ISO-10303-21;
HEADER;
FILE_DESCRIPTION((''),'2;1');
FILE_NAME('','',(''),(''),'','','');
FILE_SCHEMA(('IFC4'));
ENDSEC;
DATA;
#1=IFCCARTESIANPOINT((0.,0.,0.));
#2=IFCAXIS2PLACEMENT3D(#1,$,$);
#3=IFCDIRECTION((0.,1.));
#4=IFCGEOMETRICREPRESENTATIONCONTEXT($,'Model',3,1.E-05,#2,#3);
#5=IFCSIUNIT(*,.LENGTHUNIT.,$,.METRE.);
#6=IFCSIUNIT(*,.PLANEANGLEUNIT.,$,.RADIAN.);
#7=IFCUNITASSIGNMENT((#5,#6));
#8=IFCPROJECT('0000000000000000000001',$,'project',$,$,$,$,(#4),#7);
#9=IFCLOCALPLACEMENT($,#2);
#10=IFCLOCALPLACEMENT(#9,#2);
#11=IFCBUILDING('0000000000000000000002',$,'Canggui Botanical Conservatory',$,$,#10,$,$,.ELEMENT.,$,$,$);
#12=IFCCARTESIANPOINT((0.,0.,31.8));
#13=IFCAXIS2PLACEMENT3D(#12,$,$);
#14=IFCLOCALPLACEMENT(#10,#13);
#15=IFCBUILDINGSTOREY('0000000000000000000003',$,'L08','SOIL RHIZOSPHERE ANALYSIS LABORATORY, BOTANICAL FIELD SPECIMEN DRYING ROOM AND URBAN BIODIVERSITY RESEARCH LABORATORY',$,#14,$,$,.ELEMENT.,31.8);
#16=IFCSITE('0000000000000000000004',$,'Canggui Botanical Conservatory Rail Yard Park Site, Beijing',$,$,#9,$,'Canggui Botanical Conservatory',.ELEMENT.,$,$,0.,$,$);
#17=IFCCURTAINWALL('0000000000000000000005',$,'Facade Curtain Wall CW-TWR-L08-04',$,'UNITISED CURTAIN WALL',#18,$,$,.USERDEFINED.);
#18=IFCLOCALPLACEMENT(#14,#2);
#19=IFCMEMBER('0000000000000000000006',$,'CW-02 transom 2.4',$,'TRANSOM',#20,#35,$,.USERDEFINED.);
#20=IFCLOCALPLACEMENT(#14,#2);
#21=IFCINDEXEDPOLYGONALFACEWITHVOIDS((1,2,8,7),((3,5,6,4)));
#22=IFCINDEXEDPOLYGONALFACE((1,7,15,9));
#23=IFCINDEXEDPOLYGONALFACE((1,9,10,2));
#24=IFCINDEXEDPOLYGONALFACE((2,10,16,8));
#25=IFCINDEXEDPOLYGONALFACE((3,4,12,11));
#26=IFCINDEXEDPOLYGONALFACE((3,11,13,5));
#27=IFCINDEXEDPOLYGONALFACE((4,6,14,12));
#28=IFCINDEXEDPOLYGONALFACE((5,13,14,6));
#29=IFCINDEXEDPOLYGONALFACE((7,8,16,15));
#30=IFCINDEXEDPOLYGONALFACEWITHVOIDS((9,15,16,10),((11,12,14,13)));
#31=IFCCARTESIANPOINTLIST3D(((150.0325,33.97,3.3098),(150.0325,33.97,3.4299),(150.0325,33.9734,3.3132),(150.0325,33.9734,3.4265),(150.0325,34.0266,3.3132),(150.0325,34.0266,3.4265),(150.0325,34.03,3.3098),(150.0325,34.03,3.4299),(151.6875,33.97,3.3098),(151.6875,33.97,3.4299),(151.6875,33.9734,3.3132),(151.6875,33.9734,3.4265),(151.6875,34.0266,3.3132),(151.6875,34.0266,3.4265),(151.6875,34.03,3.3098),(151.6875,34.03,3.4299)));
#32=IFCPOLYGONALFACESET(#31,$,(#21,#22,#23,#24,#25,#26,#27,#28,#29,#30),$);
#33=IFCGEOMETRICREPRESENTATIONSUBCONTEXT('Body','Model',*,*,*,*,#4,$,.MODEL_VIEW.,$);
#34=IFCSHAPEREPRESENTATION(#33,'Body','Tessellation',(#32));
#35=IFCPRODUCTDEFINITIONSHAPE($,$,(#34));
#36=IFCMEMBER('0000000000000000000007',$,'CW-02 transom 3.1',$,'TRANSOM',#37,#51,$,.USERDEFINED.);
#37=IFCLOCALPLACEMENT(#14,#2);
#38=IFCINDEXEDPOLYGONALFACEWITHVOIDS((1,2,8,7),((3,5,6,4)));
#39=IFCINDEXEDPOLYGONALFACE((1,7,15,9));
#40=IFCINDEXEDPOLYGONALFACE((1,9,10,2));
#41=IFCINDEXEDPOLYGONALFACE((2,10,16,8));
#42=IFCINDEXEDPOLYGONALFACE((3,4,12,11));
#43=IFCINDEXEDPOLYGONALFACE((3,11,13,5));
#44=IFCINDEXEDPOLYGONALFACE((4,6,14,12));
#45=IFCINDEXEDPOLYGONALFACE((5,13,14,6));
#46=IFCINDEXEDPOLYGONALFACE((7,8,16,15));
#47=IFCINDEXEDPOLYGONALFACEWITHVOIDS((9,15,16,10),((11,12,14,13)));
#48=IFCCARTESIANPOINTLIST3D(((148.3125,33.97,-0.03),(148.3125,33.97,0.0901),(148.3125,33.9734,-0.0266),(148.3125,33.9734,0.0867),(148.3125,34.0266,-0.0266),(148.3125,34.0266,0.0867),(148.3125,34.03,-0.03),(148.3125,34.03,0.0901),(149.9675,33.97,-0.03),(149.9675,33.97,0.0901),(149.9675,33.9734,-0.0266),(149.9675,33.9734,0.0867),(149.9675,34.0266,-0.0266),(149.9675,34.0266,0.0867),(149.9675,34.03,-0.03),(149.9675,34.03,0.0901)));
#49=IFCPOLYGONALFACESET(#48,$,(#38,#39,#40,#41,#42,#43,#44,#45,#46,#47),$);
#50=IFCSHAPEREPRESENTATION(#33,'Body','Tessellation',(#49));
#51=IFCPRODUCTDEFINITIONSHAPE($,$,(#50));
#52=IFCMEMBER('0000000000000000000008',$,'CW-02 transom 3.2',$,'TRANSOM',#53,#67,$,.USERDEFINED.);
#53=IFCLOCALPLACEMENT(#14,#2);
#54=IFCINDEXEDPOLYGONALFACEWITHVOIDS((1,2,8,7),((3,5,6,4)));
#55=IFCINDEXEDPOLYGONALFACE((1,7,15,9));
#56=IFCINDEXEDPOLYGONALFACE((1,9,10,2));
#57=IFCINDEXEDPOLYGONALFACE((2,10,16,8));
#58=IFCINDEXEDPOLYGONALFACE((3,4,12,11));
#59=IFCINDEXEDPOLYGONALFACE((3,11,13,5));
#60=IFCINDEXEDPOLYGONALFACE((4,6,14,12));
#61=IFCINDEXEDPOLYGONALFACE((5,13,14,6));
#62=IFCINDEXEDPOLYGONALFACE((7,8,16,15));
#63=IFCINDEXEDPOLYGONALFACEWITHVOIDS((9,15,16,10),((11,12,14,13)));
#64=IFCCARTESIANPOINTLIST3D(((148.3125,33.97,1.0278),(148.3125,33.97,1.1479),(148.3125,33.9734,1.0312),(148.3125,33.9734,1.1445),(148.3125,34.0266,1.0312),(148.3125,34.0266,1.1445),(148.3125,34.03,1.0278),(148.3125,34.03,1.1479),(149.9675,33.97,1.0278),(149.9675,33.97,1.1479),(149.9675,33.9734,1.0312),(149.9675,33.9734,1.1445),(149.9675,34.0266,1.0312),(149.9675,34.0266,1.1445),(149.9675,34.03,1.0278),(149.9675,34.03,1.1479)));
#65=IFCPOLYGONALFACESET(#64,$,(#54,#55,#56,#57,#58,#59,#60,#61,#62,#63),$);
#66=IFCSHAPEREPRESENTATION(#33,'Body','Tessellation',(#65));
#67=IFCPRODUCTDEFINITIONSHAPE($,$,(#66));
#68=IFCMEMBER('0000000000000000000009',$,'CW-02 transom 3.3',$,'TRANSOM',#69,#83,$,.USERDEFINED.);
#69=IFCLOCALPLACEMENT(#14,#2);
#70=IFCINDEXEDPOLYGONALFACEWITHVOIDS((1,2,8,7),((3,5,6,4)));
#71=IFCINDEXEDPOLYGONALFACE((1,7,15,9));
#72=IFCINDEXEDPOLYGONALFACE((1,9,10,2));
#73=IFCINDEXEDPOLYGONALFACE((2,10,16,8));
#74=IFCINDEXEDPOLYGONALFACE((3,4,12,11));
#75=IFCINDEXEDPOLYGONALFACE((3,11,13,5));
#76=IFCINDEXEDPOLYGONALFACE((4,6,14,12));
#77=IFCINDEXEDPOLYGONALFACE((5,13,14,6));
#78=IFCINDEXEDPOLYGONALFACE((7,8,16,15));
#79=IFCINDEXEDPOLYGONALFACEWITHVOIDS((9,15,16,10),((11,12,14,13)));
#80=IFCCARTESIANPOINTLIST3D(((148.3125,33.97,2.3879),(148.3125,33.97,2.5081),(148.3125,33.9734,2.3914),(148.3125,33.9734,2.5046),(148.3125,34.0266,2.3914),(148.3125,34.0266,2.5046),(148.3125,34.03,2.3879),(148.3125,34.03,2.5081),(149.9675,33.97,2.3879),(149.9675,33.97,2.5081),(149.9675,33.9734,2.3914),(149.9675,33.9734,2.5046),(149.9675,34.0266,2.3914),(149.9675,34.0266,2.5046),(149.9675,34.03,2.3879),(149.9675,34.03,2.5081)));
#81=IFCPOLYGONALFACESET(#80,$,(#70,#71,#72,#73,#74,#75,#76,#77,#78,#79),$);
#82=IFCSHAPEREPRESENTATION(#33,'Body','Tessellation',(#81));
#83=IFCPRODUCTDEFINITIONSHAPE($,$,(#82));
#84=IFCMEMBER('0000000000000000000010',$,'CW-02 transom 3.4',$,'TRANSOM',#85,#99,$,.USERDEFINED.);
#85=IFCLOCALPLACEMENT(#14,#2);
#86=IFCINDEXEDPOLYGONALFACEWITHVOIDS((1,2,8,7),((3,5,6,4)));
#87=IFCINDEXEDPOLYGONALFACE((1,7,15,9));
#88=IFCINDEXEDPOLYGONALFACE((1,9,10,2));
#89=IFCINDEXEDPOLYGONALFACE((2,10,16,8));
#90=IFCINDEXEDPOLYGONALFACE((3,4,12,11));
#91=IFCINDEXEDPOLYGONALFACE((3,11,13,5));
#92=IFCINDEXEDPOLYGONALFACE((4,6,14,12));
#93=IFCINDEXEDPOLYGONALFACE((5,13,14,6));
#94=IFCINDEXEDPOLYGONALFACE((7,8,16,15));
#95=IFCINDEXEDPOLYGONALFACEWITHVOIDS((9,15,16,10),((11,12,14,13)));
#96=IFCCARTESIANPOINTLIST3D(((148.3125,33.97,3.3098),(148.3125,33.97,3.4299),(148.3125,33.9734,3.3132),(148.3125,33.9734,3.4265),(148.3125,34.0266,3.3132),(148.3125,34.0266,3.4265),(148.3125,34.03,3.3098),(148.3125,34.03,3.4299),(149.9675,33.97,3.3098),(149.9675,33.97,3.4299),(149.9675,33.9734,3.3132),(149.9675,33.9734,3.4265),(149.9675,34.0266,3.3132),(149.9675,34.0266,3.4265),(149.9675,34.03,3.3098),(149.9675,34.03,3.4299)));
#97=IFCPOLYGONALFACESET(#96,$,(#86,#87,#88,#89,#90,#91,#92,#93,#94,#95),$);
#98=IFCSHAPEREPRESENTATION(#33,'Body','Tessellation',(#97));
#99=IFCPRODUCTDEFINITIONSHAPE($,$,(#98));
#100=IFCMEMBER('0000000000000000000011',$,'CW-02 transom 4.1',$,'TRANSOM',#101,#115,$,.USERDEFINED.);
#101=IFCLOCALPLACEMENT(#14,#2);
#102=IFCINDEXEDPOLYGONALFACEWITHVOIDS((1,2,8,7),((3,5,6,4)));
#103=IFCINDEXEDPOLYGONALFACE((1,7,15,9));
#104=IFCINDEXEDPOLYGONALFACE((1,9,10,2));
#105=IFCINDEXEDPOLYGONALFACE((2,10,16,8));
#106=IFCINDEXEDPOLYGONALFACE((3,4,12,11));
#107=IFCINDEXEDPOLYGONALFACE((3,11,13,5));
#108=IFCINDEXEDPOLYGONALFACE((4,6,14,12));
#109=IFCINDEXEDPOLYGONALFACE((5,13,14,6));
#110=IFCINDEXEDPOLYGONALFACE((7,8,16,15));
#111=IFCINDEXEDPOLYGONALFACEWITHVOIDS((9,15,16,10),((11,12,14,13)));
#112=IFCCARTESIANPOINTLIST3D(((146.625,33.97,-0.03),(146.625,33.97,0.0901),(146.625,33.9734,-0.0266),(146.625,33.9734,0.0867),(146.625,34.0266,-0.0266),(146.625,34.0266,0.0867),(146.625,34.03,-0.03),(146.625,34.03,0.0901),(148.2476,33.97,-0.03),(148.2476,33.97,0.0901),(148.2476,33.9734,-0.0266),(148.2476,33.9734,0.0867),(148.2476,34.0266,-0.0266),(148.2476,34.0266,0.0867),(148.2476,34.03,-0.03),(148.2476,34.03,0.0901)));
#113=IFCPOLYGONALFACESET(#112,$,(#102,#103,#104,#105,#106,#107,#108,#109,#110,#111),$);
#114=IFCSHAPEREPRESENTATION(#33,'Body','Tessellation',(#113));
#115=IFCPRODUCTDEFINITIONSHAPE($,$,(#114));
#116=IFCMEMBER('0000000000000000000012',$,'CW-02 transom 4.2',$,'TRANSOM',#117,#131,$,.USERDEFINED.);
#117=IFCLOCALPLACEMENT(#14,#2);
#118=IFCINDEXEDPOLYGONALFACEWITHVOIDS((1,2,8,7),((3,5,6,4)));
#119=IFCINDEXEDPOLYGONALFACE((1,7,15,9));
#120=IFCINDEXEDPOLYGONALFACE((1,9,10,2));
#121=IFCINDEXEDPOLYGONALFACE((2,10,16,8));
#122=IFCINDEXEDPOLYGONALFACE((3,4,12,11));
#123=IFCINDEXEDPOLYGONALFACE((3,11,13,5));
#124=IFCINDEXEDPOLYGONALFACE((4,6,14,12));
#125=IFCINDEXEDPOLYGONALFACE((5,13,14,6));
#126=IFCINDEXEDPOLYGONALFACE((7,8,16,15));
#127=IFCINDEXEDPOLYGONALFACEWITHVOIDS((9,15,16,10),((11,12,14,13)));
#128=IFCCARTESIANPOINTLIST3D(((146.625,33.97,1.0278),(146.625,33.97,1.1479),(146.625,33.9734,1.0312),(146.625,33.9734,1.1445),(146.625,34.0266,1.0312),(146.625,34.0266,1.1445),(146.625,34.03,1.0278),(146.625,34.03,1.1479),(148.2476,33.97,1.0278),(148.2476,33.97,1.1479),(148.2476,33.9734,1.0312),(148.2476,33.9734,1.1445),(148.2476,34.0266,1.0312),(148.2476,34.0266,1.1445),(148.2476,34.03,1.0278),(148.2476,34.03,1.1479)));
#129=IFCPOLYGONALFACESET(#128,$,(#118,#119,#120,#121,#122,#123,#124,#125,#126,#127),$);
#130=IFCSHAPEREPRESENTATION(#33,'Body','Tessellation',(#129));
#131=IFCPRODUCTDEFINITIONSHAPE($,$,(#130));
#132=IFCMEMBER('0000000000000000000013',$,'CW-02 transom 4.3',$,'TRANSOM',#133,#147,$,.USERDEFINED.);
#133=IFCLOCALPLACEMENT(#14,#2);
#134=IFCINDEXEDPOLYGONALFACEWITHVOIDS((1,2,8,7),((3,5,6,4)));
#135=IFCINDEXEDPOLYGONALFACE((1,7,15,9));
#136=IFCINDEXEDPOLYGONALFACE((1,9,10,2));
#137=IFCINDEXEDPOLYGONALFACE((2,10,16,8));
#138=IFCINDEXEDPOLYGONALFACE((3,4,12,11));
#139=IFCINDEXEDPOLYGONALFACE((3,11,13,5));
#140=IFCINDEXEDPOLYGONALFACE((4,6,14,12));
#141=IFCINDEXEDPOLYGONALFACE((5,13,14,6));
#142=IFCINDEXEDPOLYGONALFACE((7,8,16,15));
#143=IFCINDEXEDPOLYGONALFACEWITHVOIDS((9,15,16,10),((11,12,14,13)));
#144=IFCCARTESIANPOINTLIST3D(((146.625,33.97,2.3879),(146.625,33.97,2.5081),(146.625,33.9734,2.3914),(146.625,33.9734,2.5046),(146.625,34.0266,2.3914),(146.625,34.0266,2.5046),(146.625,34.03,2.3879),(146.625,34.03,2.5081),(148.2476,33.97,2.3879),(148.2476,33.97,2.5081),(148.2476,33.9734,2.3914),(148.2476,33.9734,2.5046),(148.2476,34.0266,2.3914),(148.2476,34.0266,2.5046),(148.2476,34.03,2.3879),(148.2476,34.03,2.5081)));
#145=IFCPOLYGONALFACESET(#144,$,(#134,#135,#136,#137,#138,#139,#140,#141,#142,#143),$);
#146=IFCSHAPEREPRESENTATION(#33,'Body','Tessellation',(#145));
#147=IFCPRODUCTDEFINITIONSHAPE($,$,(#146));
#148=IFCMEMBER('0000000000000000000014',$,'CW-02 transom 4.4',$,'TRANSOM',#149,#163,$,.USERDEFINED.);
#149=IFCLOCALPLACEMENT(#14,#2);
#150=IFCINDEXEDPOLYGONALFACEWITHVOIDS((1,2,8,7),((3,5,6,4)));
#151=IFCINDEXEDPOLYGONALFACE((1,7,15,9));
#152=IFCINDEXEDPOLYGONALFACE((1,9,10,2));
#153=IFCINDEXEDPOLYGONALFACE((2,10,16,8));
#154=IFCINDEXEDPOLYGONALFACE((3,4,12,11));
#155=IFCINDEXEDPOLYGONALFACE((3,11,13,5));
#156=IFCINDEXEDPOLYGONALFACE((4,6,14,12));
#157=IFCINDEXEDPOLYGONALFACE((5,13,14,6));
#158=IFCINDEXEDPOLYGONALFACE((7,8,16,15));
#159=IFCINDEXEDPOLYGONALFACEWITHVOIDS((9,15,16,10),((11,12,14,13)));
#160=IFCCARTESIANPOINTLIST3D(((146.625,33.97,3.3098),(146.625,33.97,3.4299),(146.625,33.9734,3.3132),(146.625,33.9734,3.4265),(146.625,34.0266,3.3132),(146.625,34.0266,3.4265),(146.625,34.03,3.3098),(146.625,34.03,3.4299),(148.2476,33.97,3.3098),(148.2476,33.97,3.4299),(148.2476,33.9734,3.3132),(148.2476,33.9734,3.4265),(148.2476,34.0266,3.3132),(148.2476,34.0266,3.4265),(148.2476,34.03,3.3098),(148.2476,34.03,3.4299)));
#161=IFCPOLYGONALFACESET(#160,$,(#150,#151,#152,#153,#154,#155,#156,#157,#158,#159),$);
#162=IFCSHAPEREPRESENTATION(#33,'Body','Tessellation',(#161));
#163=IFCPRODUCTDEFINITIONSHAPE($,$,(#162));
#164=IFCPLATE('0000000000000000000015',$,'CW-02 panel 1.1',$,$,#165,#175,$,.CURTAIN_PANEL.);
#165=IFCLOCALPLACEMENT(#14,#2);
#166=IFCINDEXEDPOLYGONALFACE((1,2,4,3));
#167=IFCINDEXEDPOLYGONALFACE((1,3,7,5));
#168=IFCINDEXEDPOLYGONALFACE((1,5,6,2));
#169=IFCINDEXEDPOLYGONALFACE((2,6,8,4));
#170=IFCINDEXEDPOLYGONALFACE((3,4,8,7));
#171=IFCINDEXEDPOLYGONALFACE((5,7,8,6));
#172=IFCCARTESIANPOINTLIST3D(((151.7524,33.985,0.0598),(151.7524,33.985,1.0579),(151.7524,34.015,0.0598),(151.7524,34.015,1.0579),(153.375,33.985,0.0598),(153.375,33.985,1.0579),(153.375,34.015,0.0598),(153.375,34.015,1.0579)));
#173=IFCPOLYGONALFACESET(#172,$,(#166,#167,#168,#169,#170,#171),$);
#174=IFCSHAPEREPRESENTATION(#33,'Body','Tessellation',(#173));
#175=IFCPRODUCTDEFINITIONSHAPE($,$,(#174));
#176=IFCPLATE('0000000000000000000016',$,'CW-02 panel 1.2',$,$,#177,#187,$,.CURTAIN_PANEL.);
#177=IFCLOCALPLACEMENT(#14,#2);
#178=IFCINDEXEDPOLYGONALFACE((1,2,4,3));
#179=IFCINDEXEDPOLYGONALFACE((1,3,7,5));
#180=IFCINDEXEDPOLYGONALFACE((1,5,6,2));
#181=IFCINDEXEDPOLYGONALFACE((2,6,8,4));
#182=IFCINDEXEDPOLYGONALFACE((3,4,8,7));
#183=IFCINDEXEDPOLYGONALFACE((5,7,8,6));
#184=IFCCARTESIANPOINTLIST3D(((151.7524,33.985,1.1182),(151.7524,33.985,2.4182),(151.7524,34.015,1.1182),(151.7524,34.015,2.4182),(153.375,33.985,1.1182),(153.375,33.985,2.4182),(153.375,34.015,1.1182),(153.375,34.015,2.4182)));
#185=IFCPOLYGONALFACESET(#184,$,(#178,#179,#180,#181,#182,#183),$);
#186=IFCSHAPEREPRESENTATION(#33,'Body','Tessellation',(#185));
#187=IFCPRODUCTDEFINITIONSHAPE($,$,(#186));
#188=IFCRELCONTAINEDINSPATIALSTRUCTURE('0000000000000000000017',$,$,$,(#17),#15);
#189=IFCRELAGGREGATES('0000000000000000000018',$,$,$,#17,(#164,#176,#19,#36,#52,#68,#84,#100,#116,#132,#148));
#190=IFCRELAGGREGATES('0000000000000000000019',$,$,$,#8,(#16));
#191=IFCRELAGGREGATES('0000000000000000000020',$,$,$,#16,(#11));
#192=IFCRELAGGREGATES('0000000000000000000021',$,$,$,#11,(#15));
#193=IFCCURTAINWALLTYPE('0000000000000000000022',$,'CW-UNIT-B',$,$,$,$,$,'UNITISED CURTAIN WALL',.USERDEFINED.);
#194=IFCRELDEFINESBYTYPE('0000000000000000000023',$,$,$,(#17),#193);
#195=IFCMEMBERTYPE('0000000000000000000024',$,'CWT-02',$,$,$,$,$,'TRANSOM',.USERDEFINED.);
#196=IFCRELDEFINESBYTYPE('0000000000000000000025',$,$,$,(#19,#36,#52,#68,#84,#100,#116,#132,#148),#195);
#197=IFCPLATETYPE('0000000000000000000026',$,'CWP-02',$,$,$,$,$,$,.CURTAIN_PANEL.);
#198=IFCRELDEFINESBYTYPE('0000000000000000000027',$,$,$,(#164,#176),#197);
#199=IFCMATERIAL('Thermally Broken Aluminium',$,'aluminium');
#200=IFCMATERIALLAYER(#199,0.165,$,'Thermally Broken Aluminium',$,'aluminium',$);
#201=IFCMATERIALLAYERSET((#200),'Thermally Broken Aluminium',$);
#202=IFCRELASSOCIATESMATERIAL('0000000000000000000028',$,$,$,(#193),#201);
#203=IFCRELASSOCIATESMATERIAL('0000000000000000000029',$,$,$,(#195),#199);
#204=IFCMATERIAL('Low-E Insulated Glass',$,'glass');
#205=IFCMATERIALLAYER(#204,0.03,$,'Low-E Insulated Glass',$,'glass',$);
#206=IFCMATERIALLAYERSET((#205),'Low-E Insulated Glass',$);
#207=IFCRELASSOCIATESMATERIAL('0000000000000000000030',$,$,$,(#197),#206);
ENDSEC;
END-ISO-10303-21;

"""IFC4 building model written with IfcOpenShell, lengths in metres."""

from ifc_helpers import new_model, si_unit, direction, frame, origin, origin_2d, place, context, subcontext, project, spatial, rectangle, hollow_rectangle, extrude, material, layer, layer_set, material_profile, profile_set, type_object, element, aggregate, save


model = new_model("IFC4")

# Units and contexts
model_context = context("Model", 3, precision=1e-05, world=origin(), true_north=direction((0.0, 1.0)))
body_context = subcontext(model_context, "Body", "Model", "MODEL_VIEW")
ifc_project = project(units=[si_unit("LENGTHUNIT", "METRE"), si_unit("PLANEANGLEUNIT", "RADIAN")], contexts=[model_context])

# Site, building, storey
site_placement = place(None, origin())
site = spatial("IfcSite", under=ifc_project, at=site_placement, Name="Canggui Botanical Conservatory Rail Yard Park Site, Beijing", LongName="Canggui Botanical Conservatory", CompositionType="ELEMENT", RefElevation=0.0)
building_placement = place(site_placement, origin())
building = spatial("IfcBuilding", under=site, at=building_placement, Name="Canggui Botanical Conservatory", CompositionType="ELEMENT")
storey_placement = place(building_placement, frame((0.0, 0.0, 31.8)))
storey = spatial("IfcBuildingStorey", under=building, at=storey_placement, Name="L08", Description="SOIL RHIZOSPHERE ANALYSIS LABORATORY, BOTANICAL FIELD SPECIMEN DRYING ROOM AND URBAN BIODIVERSITY RESEARCH LABORATORY", CompositionType="ELEMENT", Elevation=31.8)

# Curtain wall, members, plates
ifc_material_1 = material(Name="Thermally Broken Aluminium", Category="aluminium")
ifc_layer_1 = layer(ifc_material_1, 0.165, Name="Thermally Broken Aluminium", Category="aluminium")
ifc_layer_set_1 = layer_set([ifc_layer_1], Name="Thermally Broken Aluminium")
curtain_wall_type = type_object("IfcCurtainWallType", Name="CW-UNIT-B", ElementType="UNITISED CURTAIN WALL", PredefinedType="USERDEFINED", material=ifc_layer_set_1)
curtain_wall_placement = place(storey_placement, origin())
curtain_wall = element("IfcCurtainWall", 1, at=curtain_wall_placement, inside=storey, type_object=curtain_wall_type, Name="Facade Curtain Wall CW-TWR-L08-04", ObjectType="UNITISED CURTAIN WALL", PredefinedType="USERDEFINED")
ifc_material_profile_1 = material_profile(ifc_material_1, hollow_rectangle(XDim=0.0601, YDim=0.1201, WallThickness=0.0034, at=origin_2d()), Name="CWT 60x120x3.5")
ifc_profile_set_1 = profile_set([ifc_material_profile_1], Name="Thermally Broken Aluminium")
member_type_1 = type_object("IfcMemberType", Name="CWT-02", ElementType="TRANSOM", PredefinedType="USERDEFINED", material=ifc_profile_set_1)
member_1_placement = place(storey_placement, frame((151.6875, 34.0, 3.3699), z_axis=(-1.0, 0.0, 0.0), x_axis=(0.0, -1.0, 0.0)))
member_1 = element("IfcMember", 2, at=member_1_placement, type_object=member_type_1, Name="CW-02 transom 2.4", ObjectType="TRANSOM", PredefinedType="USERDEFINED", context=body_context, shape_type="SweptSolid", body=[
    extrude(hollow_rectangle(XDim=0.0601, YDim=0.1201, WallThickness=0.0034, at=origin_2d()), origin(), (0.0, 0.0, 1.0), 1.655),
])
member_2_placement = place(storey_placement, frame((149.9675, 34.0, 0.03), z_axis=(-1.0, 0.0, 0.0), x_axis=(0.0, -1.0, 0.0)))
member_2 = element("IfcMember", 3, at=member_2_placement, type_object=member_type_1, Name="CW-02 transom 3.1", ObjectType="TRANSOM", PredefinedType="USERDEFINED", context=body_context, shape_type="SweptSolid", body=[
    extrude(hollow_rectangle(XDim=0.0601, YDim=0.1201, WallThickness=0.0034, at=origin_2d()), origin(), (0.0, 0.0, 1.0), 1.655),
])
member_3_placement = place(storey_placement, frame((149.9675, 34.0, 1.0879), z_axis=(-1.0, 0.0, 0.0), x_axis=(0.0, -1.0, 0.0)))
member_3 = element("IfcMember", 4, at=member_3_placement, type_object=member_type_1, Name="CW-02 transom 3.2", ObjectType="TRANSOM", PredefinedType="USERDEFINED", context=body_context, shape_type="SweptSolid", body=[
    extrude(hollow_rectangle(XDim=0.0601, YDim=0.1201, WallThickness=0.0034, at=origin_2d()), origin(), (0.0, 0.0, 1.0), 1.655),
])
member_4_placement = place(storey_placement, frame((149.9675, 34.0, 2.448), z_axis=(-1.0, 0.0, 0.0), x_axis=(0.0, -1.0, 0.0)))
member_4 = element("IfcMember", 5, at=member_4_placement, type_object=member_type_1, Name="CW-02 transom 3.3", ObjectType="TRANSOM", PredefinedType="USERDEFINED", context=body_context, shape_type="SweptSolid", body=[
    extrude(hollow_rectangle(XDim=0.0601, YDim=0.1201, WallThickness=0.0034, at=origin_2d()), origin(), (0.0, 0.0, 1.0), 1.655),
])
member_5_placement = place(storey_placement, frame((149.9675, 34.0, 3.3699), z_axis=(-1.0, 0.0, 0.0), x_axis=(0.0, -1.0, 0.0)))
member_5 = element("IfcMember", 6, at=member_5_placement, type_object=member_type_1, Name="CW-02 transom 3.4", ObjectType="TRANSOM", PredefinedType="USERDEFINED", context=body_context, shape_type="SweptSolid", body=[
    extrude(hollow_rectangle(XDim=0.0601, YDim=0.1201, WallThickness=0.0034, at=origin_2d()), origin(), (0.0, 0.0, 1.0), 1.655),
])
member_6_placement = place(storey_placement, frame((148.2476, 34.0, 0.03), z_axis=(-1.0, 0.0, 0.0), x_axis=(0.0, -1.0, 0.0)))
member_6 = element("IfcMember", 7, at=member_6_placement, type_object=member_type_1, Name="CW-02 transom 4.1", ObjectType="TRANSOM", PredefinedType="USERDEFINED", context=body_context, shape_type="SweptSolid", body=[
    extrude(hollow_rectangle(XDim=0.0601, YDim=0.1201, WallThickness=0.0034, at=origin_2d()), origin(), (0.0, 0.0, 1.0), 1.6226),
])
member_7_placement = place(storey_placement, frame((148.2476, 34.0, 1.0879), z_axis=(-1.0, 0.0, 0.0), x_axis=(0.0, -1.0, 0.0)))
member_7 = element("IfcMember", 8, at=member_7_placement, type_object=member_type_1, Name="CW-02 transom 4.2", ObjectType="TRANSOM", PredefinedType="USERDEFINED", context=body_context, shape_type="SweptSolid", body=[
    extrude(hollow_rectangle(XDim=0.0601, YDim=0.1201, WallThickness=0.0034, at=origin_2d()), origin(), (0.0, 0.0, 1.0), 1.6226),
])
member_8_placement = place(storey_placement, frame((148.2476, 34.0, 2.448), z_axis=(-1.0, 0.0, 0.0), x_axis=(0.0, -1.0, 0.0)))
member_8 = element("IfcMember", 9, at=member_8_placement, type_object=member_type_1, Name="CW-02 transom 4.3", ObjectType="TRANSOM", PredefinedType="USERDEFINED", context=body_context, shape_type="SweptSolid", body=[
    extrude(hollow_rectangle(XDim=0.0601, YDim=0.1201, WallThickness=0.0034, at=origin_2d()), origin(), (0.0, 0.0, 1.0), 1.6226),
])
member_9_placement = place(storey_placement, frame((148.2476, 34.0, 3.3699), z_axis=(-1.0, 0.0, 0.0), x_axis=(0.0, -1.0, 0.0)))
member_9 = element("IfcMember", 10, at=member_9_placement, type_object=member_type_1, Name="CW-02 transom 4.4", ObjectType="TRANSOM", PredefinedType="USERDEFINED", context=body_context, shape_type="SweptSolid", body=[
    extrude(hollow_rectangle(XDim=0.0601, YDim=0.1201, WallThickness=0.0034, at=origin_2d()), origin(), (0.0, 0.0, 1.0), 1.6226),
])
ifc_material_2 = material(Name="Low-E Insulated Glass", Category="glass")
ifc_layer_2 = layer(ifc_material_2, 0.03, Name="Low-E Insulated Glass", Category="glass")
ifc_layer_set_2 = layer_set([ifc_layer_2], Name="Low-E Insulated Glass")
plate_type = type_object("IfcPlateType", Name="CWP-02", PredefinedType="CURTAIN_PANEL", material=ifc_layer_set_2)
plate_1_placement = place(storey_placement, frame((152.5637, 34.0, 0.0598), z_axis=(0.0, 0.0, 1.0), x_axis=(-1.0, 0.0, 0.0)))
plate_1 = element("IfcPlate", 11, at=plate_1_placement, type_object=plate_type, Name="CW-02 panel 1.1", PredefinedType="CURTAIN_PANEL", context=body_context, shape_type="SweptSolid", body=[
    extrude(rectangle(XDim=1.6226, YDim=0.03, at=origin_2d()), origin(), (0.0, 0.0, 1.0), 0.998),
])
plate_2_placement = place(storey_placement, frame((152.5637, 34.0, 1.1182), z_axis=(0.0, 0.0, 1.0), x_axis=(-1.0, 0.0, 0.0)))
plate_2 = element("IfcPlate", 12, at=plate_2_placement, type_object=plate_type, Name="CW-02 panel 1.2", PredefinedType="CURTAIN_PANEL", context=body_context, shape_type="SweptSolid", body=[
    extrude(rectangle(XDim=1.6226, YDim=0.03, at=origin_2d()), origin(), (0.0, 0.0, 1.0), 1.3),
])
aggregate(curtain_wall, [plate_1, plate_2, member_1, member_2, member_3, member_4, member_5, member_6, member_7, member_8, member_9])

save(model, "model.ifc")
